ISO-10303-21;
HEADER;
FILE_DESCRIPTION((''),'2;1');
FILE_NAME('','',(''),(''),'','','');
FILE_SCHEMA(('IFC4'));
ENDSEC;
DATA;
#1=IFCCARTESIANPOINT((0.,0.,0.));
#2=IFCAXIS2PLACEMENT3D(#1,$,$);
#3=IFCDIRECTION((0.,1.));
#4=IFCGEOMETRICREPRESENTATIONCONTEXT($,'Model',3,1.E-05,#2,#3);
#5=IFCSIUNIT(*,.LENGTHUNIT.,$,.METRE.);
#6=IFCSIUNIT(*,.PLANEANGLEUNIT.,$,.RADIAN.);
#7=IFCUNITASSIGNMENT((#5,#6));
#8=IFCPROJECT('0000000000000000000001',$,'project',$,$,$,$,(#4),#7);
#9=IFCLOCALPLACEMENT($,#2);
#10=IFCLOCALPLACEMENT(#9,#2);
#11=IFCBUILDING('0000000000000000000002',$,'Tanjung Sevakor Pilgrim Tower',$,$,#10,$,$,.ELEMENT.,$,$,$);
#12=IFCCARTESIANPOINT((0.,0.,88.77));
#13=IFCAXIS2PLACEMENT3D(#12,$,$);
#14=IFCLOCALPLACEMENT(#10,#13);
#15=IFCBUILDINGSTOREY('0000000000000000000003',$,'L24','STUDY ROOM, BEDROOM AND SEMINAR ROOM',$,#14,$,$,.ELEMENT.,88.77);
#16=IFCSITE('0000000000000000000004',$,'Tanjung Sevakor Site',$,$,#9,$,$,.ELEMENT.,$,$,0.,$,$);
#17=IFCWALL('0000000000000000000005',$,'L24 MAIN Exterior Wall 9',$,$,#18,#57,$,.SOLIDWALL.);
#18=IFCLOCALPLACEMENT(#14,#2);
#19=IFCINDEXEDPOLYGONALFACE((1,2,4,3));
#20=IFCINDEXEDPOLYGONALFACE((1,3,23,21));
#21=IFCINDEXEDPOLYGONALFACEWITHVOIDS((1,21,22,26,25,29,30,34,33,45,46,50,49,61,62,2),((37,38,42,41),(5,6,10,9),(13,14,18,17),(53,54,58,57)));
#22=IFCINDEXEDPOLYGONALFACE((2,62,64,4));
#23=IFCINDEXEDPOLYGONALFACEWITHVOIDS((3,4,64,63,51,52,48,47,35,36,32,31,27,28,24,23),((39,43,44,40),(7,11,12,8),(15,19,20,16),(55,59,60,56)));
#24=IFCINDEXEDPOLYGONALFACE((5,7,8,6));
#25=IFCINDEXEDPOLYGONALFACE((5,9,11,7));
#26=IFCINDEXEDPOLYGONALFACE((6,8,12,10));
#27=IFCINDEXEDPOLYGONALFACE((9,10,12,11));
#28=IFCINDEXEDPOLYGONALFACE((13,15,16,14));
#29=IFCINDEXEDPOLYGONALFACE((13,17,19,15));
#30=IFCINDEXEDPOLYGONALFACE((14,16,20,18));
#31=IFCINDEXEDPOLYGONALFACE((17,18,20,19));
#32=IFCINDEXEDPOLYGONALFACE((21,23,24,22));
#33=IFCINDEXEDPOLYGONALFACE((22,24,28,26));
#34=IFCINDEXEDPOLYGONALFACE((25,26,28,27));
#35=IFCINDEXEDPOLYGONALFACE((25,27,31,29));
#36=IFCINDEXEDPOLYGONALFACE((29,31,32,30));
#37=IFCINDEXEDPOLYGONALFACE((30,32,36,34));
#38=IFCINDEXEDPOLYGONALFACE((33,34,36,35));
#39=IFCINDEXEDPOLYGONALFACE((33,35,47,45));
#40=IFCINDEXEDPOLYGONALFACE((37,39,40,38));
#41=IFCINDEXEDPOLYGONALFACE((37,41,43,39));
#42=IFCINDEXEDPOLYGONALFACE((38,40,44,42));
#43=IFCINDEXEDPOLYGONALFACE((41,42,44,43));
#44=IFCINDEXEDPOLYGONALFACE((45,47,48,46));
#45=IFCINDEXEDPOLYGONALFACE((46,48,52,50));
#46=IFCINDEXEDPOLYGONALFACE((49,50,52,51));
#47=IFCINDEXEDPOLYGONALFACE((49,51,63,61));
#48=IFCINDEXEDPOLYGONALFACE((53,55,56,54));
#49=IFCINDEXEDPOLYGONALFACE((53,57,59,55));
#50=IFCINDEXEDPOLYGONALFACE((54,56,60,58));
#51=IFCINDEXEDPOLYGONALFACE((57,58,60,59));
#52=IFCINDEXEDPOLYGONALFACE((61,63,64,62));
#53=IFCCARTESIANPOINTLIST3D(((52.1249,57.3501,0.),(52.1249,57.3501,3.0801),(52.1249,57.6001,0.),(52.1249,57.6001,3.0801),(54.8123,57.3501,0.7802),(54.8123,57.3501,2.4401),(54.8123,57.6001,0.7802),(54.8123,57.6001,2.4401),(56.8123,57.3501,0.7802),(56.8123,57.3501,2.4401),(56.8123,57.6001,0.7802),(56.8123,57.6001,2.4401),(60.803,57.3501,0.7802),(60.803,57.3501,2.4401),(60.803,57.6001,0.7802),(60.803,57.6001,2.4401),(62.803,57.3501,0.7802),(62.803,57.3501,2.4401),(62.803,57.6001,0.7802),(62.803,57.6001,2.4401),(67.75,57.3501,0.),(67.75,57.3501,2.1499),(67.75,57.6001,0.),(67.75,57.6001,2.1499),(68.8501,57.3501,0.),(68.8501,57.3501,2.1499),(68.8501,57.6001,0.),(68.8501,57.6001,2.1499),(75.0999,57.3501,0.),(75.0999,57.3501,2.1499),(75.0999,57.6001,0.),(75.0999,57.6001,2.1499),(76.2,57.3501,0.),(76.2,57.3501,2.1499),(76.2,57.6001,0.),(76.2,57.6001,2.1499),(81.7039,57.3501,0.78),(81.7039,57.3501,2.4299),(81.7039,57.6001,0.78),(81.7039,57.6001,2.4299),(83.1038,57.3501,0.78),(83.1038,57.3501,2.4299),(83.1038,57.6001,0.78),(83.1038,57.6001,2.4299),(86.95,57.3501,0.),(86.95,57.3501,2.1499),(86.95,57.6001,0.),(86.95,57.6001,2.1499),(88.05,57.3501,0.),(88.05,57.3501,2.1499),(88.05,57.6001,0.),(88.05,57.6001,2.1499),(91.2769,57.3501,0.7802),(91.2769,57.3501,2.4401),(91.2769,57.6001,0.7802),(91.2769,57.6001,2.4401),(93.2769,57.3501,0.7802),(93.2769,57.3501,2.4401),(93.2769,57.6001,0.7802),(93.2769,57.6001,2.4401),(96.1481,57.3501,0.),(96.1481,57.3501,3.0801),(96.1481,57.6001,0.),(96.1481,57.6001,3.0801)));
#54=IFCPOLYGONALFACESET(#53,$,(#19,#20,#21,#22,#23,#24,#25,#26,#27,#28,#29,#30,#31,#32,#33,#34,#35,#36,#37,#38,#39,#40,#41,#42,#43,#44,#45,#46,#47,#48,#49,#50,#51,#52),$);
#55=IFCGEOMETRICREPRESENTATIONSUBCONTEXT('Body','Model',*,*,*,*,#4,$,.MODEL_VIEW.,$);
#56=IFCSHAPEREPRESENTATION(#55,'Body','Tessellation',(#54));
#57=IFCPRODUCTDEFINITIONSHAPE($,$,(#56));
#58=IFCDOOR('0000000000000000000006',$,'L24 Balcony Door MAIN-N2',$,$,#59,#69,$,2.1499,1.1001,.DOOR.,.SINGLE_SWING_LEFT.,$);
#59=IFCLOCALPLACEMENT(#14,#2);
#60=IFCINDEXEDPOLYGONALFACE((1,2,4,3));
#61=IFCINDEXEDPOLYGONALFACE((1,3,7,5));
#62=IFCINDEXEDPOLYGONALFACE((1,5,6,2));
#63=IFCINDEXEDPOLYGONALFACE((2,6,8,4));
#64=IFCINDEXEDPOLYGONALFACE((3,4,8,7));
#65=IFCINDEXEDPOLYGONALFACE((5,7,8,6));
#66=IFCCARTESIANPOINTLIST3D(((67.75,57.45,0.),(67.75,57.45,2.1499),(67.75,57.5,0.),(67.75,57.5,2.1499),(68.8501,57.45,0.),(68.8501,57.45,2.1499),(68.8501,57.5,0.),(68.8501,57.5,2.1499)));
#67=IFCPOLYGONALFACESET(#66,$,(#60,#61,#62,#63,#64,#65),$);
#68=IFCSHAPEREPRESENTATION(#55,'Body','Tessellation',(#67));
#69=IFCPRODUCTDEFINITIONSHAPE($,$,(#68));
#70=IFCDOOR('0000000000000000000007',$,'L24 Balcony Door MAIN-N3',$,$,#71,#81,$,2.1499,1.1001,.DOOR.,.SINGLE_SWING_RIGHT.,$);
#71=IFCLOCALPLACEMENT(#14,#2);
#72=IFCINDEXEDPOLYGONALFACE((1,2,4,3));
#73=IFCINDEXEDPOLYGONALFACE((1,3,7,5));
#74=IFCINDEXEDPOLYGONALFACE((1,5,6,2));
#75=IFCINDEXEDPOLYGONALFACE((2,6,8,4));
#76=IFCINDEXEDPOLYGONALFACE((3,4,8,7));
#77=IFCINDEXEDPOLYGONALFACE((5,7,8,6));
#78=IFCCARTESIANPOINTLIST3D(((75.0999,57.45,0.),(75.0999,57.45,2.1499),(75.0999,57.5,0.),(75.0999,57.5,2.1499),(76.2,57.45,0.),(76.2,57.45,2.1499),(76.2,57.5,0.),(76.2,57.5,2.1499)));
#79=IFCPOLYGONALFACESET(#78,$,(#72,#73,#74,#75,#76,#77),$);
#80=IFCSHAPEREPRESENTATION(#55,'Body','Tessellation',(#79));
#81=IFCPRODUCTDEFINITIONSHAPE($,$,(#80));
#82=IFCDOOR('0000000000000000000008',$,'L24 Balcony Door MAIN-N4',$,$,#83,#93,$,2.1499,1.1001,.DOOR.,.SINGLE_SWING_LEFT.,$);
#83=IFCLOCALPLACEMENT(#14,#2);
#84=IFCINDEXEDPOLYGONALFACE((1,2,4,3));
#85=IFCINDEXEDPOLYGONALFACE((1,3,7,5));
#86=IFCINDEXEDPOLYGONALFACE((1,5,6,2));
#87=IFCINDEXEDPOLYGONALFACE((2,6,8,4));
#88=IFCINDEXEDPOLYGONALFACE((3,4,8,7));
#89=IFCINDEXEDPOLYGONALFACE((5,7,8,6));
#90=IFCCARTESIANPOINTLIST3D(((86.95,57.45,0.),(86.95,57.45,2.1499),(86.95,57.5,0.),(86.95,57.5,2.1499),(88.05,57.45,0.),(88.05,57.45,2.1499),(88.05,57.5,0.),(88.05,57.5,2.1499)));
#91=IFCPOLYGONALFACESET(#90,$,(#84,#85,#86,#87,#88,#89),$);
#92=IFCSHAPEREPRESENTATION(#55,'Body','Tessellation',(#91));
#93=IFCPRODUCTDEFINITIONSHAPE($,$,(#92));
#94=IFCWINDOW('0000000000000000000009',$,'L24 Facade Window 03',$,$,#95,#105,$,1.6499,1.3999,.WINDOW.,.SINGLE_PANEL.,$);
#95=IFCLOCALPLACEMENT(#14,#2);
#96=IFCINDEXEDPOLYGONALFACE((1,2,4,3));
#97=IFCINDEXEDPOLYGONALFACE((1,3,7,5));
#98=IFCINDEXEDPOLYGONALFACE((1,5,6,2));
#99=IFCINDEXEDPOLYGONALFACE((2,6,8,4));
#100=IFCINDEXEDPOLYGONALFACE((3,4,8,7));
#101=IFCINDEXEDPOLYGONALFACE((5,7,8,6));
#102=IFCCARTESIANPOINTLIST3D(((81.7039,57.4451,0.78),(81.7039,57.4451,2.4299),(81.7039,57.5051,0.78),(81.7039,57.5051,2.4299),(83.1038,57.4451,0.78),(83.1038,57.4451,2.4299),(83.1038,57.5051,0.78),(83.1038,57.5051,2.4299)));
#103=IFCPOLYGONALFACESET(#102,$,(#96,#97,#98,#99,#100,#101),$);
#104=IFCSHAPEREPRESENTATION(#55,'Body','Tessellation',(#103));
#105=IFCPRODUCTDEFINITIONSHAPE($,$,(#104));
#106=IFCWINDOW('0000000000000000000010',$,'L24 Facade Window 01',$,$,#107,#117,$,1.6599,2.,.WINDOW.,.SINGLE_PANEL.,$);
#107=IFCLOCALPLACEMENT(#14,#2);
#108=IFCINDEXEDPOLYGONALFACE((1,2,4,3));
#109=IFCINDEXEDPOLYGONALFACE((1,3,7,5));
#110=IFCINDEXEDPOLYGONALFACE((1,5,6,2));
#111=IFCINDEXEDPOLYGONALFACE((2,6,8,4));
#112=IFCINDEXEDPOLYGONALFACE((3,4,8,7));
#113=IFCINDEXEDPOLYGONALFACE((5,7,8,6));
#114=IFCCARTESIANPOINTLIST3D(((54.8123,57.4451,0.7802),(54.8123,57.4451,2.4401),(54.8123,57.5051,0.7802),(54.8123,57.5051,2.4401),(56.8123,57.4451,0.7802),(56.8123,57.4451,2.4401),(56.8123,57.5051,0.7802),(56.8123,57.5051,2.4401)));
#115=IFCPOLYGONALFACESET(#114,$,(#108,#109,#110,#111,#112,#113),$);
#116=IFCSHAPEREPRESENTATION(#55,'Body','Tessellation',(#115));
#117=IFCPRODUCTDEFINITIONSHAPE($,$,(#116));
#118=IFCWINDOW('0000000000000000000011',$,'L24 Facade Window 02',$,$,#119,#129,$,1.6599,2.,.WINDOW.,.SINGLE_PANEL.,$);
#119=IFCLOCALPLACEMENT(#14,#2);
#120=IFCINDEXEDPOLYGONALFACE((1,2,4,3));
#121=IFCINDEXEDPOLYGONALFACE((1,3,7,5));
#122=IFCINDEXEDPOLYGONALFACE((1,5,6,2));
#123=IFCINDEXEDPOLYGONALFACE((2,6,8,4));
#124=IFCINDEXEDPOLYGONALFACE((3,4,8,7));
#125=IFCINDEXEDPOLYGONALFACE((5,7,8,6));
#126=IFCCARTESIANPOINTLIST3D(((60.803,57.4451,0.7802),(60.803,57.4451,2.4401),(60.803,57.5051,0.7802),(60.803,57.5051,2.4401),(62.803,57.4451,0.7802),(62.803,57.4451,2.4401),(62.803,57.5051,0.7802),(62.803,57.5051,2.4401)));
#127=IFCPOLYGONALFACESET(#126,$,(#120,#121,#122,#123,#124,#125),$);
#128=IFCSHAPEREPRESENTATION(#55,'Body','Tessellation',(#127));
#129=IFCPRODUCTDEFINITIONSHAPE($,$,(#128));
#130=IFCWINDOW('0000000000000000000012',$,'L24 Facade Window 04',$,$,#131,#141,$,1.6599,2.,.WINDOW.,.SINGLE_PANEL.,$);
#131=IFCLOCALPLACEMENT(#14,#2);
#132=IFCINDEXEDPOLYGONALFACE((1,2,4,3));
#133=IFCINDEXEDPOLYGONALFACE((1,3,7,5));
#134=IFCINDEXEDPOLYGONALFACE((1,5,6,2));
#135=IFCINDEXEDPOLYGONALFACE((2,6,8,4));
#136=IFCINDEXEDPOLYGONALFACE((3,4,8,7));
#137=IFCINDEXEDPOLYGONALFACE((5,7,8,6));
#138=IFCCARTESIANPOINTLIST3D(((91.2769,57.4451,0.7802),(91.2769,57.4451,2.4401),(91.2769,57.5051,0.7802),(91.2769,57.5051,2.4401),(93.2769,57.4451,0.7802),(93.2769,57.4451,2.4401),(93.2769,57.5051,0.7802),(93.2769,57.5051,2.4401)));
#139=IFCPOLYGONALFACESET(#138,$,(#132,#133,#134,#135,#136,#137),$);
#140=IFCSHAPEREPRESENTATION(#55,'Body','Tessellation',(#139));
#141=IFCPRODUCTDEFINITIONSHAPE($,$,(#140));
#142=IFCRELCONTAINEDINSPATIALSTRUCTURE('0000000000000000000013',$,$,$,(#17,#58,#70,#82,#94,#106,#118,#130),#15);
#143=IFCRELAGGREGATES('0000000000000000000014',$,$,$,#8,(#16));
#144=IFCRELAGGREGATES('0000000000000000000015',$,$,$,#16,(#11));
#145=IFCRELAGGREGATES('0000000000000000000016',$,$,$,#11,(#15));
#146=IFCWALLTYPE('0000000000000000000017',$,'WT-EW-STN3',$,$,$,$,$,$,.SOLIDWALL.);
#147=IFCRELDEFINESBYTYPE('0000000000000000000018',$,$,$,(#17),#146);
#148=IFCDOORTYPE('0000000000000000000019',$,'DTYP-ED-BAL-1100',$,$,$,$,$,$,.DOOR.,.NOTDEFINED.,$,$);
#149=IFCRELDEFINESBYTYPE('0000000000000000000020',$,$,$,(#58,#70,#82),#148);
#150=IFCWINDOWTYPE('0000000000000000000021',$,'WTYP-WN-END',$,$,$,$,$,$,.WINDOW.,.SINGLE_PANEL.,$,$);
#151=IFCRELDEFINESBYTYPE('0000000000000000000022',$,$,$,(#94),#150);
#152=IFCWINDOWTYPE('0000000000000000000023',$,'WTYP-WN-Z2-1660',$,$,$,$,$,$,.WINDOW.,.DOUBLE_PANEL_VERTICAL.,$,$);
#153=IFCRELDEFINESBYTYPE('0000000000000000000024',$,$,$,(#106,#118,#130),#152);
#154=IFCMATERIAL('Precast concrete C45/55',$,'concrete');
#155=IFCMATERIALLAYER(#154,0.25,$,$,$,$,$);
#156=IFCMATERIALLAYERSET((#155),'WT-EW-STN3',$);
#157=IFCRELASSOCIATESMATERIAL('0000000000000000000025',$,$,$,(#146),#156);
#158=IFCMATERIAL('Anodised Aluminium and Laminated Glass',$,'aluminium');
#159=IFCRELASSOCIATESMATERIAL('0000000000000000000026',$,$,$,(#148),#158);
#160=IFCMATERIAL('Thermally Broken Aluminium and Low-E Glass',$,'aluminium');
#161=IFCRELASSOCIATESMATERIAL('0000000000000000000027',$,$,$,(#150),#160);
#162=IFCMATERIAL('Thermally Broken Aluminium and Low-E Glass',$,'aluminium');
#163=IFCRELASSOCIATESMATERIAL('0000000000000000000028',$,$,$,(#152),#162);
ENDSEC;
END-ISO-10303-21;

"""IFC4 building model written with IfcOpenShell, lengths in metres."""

from ifc_helpers import new_model, si_unit, direction, frame, frame_2d, origin, place, context, subcontext, project, spatial, rectangle, extrude, material, layer, layer_set, type_object, element, fill, save


model = new_model("IFC4")

# Units and contexts
model_context = context("Model", 3, precision=1e-05, world=origin(), true_north=direction((0.0, 1.0)))
body_context = subcontext(model_context, "Body", "Model", "MODEL_VIEW")
ifc_project = project(units=[si_unit("LENGTHUNIT", "METRE"), si_unit("PLANEANGLEUNIT", "RADIAN")], contexts=[model_context])

# Site, building, storey
site_placement = place(None, origin())
site = spatial("IfcSite", under=ifc_project, at=site_placement, Name="Tanjung Sevakor Site", CompositionType="ELEMENT", RefElevation=0.0)
building_placement = place(site_placement, origin())
building = spatial("IfcBuilding", under=site, at=building_placement, Name="Tanjung Sevakor Pilgrim Tower", CompositionType="ELEMENT")
storey_placement = place(building_placement, frame((0.0, 0.0, 88.77)))
storey = spatial("IfcBuildingStorey", under=building, at=storey_placement, Name="L24", Description="STUDY ROOM, BEDROOM AND SEMINAR ROOM", CompositionType="ELEMENT", Elevation=88.77)

# Shared definitions
ifc_material_1 = material(Name="Precast concrete C45/55", Category="concrete")
ifc_layer_1 = layer(ifc_material_1, 0.25)
ifc_layer_set_1 = layer_set([ifc_layer_1], Name="WT-EW-STN3")
wall_type_1 = type_object("IfcWallType", Name="WT-EW-STN3", PredefinedType="SOLIDWALL", material=ifc_layer_set_1)

# Wall, openings, doors, windows
wall_1_placement = place(storey_placement, frame((96.1482, 57.4751, 0.0), z_axis=(0.0, 0.0, 1.0), x_axis=(-1.0, 0.0, 0.0)))
wall_1 = element("IfcWall", 1, at=wall_1_placement, inside=storey, type_object=wall_type_1, Name="L24 MAIN Exterior Wall 9", PredefinedType="SOLIDWALL", context=body_context, shape_type="SweptSolid", body=[
    extrude(rectangle(XDim=44.0232, YDim=0.25, at=frame_2d((22.0117, 0.0))), origin(), (0.0, 0.0, 1.0), 3.0801),
])
opening_1_placement = place(wall_1_placement, frame((27.2981, 0.0, 0.0)))
opening_1 = element("IfcOpeningElement", 2, at=opening_1_placement, cuts=wall_1, PredefinedType="OPENING", context=body_context, shape_type="SweptSolid", body=[
    extrude(rectangle(XDim=1.1001, YDim=2.1499, at=frame_2d((0.55, 1.075))), frame((0.0, 0.135, 0.0), z_axis=(0.0, -1.0, 0.0), x_axis=(1.0, 0.0, 0.0)), (0.0, 0.0, 1.0), 0.27),
])
opening_2_placement = place(wall_1_placement, frame((19.9482, 0.0, 0.0)))
opening_2 = element("IfcOpeningElement", 3, at=opening_2_placement, cuts=wall_1, PredefinedType="OPENING", context=body_context, shape_type="SweptSolid", body=[
    extrude(rectangle(XDim=1.1001, YDim=2.1499, at=frame_2d((0.55, 1.075))), frame((0.0, 0.135, 0.0), z_axis=(0.0, -1.0, 0.0), x_axis=(1.0, 0.0, 0.0)), (0.0, 0.0, 1.0), 0.27),
])
opening_3_placement = place(wall_1_placement, frame((8.0981, 0.0, 0.0)))
opening_3 = element("IfcOpeningElement", 4, at=opening_3_placement, cuts=wall_1, PredefinedType="OPENING", context=body_context, shape_type="SweptSolid", body=[
    extrude(rectangle(XDim=1.1001, YDim=2.1499, at=frame_2d((0.55, 1.075))), frame((0.0, 0.135, 0.0), z_axis=(0.0, -1.0, 0.0), x_axis=(1.0, 0.0, 0.0)), (0.0, 0.0, 1.0), 0.27),
])
opening_4_placement = place(wall_1_placement, frame((39.3359, 0.0, 0.78)))
opening_4 = element("IfcOpeningElement", 5, at=opening_4_placement, cuts=wall_1, PredefinedType="OPENING", context=body_context, shape_type="SweptSolid", body=[
    extrude(rectangle(XDim=2.0, YDim=1.6599, at=frame_2d((1.0, 0.8301))), frame((0.0, 0.135, 0.0), z_axis=(0.0, -1.0, 0.0), x_axis=(1.0, 0.0, 0.0)), (0.0, 0.0, 1.0), 0.27),
])
opening_5_placement = place(wall_1_placement, frame((33.3452, 0.0, 0.78)))
opening_5 = element("IfcOpeningElement", 6, at=opening_5_placement, cuts=wall_1, PredefinedType="OPENING", context=body_context, shape_type="SweptSolid", body=[
    extrude(rectangle(XDim=2.0, YDim=1.6599, at=frame_2d((1.0, 0.8301))), frame((0.0, 0.135, 0.0), z_axis=(0.0, -1.0, 0.0), x_axis=(1.0, 0.0, 0.0)), (0.0, 0.0, 1.0), 0.27),
])
opening_6_placement = place(wall_1_placement, frame((13.0444, 0.0, 0.78)))
opening_6 = element("IfcOpeningElement", 7, at=opening_6_placement, cuts=wall_1, PredefinedType="OPENING", context=body_context, shape_type="SweptSolid", body=[
    extrude(rectangle(XDim=1.3999, YDim=1.6499, at=frame_2d((0.7, 0.825))), frame((0.0, 0.135, 0.0), z_axis=(0.0, -1.0, 0.0), x_axis=(1.0, 0.0, 0.0)), (0.0, 0.0, 1.0), 0.27),
])
opening_7_placement = place(wall_1_placement, frame((2.8713, 0.0, 0.78)))
opening_7 = element("IfcOpeningElement", 8, at=opening_7_placement, cuts=wall_1, PredefinedType="OPENING", context=body_context, shape_type="SweptSolid", body=[
    extrude(rectangle(XDim=2.0, YDim=1.6599, at=frame_2d((1.0, 0.8301))), frame((0.0, 0.135, 0.0), z_axis=(0.0, -1.0, 0.0), x_axis=(1.0, 0.0, 0.0)), (0.0, 0.0, 1.0), 0.27),
])
ifc_material_2 = material(Name="Anodised Aluminium and Laminated Glass", Category="aluminium")
door_type_1 = type_object("IfcDoorType", Name="DTYP-ED-BAL-1100", OperationType="NOTDEFINED", PredefinedType="DOOR", material=ifc_material_2)
door_1_placement = place(opening_1_placement, frame((1.1001, 0.0, 0.0), z_axis=(0.0, 0.0, 1.0), x_axis=(-1.0, 0.0, 0.0)))
door_1 = element("IfcDoor", 9, at=door_1_placement, inside=storey, type_object=door_type_1, Name="L24 Balcony Door MAIN-N2", OperationType="SINGLE_SWING_LEFT", OverallHeight=2.1499, OverallWidth=1.1001, PredefinedType="DOOR", context=body_context, shape_type="SweptSolid", body=[
    extrude(rectangle(XDim=1.1001, YDim=2.1499, at=frame_2d((0.55, 1.075))), frame((0.0, 0.0249, 0.0), z_axis=(0.0, -1.0, 0.0), x_axis=(1.0, 0.0, 0.0)), (0.0, 0.0, 1.0), 0.05),
])
fill(opening_1, door_1)
door_2_placement = place(opening_2_placement, frame((1.1001, 0.0, 0.0), z_axis=(0.0, 0.0, 1.0), x_axis=(-1.0, 0.0, 0.0)))
door_2 = element("IfcDoor", 10, at=door_2_placement, inside=storey, type_object=door_type_1, Name="L24 Balcony Door MAIN-N3", OperationType="SINGLE_SWING_RIGHT", OverallHeight=2.1499, OverallWidth=1.1001, PredefinedType="DOOR", context=body_context, shape_type="SweptSolid", body=[
    extrude(rectangle(XDim=1.1001, YDim=2.1499, at=frame_2d((0.55, 1.075))), frame((0.0, 0.0249, 0.0), z_axis=(0.0, -1.0, 0.0), x_axis=(1.0, 0.0, 0.0)), (0.0, 0.0, 1.0), 0.05),
])
fill(opening_2, door_2)
door_3_placement = place(opening_3_placement, frame((1.1001, 0.0, 0.0), z_axis=(0.0, 0.0, 1.0), x_axis=(-1.0, 0.0, 0.0)))
door_3 = element("IfcDoor", 11, at=door_3_placement, inside=storey, type_object=door_type_1, Name="L24 Balcony Door MAIN-N4", OperationType="SINGLE_SWING_LEFT", OverallHeight=2.1499, OverallWidth=1.1001, PredefinedType="DOOR", context=body_context, shape_type="SweptSolid", body=[
    extrude(rectangle(XDim=1.1001, YDim=2.1499, at=frame_2d((0.55, 1.075))), frame((0.0, 0.0249, 0.0), z_axis=(0.0, -1.0, 0.0), x_axis=(1.0, 0.0, 0.0)), (0.0, 0.0, 1.0), 0.05),
])
fill(opening_3, door_3)
ifc_material_3 = material(Name="Thermally Broken Aluminium and Low-E Glass", Category="aluminium")
window_type_1 = type_object("IfcWindowType", Name="WTYP-WN-END", PartitioningType="SINGLE_PANEL", PredefinedType="WINDOW", material=ifc_material_3)
window_1_placement = place(opening_6_placement, origin())
window_1 = element("IfcWindow", 12, at=window_1_placement, inside=storey, type_object=window_type_1, Name="L24 Facade Window 03", OverallHeight=1.6499, OverallWidth=1.3999, PartitioningType="SINGLE_PANEL", PredefinedType="WINDOW", context=body_context, shape_type="SweptSolid", body=[
    extrude(rectangle(XDim=1.3999, YDim=1.6499, at=frame_2d((0.7, 0.825))), frame((0.0, 0.03, 0.0), z_axis=(0.0, -1.0, 0.0), x_axis=(1.0, 0.0, 0.0)), (0.0, 0.0, 1.0), 0.0601),
])
fill(opening_6, window_1)
ifc_material_4 = material(Name="Thermally Broken Aluminium and Low-E Glass", Category="aluminium")
window_type_2 = type_object("IfcWindowType", Name="WTYP-WN-Z2-1660", PartitioningType="DOUBLE_PANEL_VERTICAL", PredefinedType="WINDOW", material=ifc_material_4)
window_2_placement = place(opening_4_placement, origin())
window_2 = element("IfcWindow", 13, at=window_2_placement, inside=storey, type_object=window_type_2, Name="L24 Facade Window 01", OverallHeight=1.6599, OverallWidth=2.0, PartitioningType="SINGLE_PANEL", PredefinedType="WINDOW", context=body_context, shape_type="SweptSolid", body=[
    extrude(rectangle(XDim=2.0, YDim=1.6599, at=frame_2d((1.0, 0.8301))), frame((0.0, 0.03, 0.0), z_axis=(0.0, -1.0, 0.0), x_axis=(1.0, 0.0, 0.0)), (0.0, 0.0, 1.0), 0.0601),
])
fill(opening_4, window_2)
window_3_placement = place(opening_5_placement, origin())
window_3 = element("IfcWindow", 14, at=window_3_placement, inside=storey, type_object=window_type_2, Name="L24 Facade Window 02", OverallHeight=1.6599, OverallWidth=2.0, PartitioningType="SINGLE_PANEL", PredefinedType="WINDOW", context=body_context, shape_type="SweptSolid", body=[
    extrude(rectangle(XDim=2.0, YDim=1.6599, at=frame_2d((1.0, 0.8301))), frame((0.0, 0.03, 0.0), z_axis=(0.0, -1.0, 0.0), x_axis=(1.0, 0.0, 0.0)), (0.0, 0.0, 1.0), 0.0601),
])
fill(opening_5, window_3)
window_4_placement = place(opening_7_placement, origin())
window_4 = element("IfcWindow", 15, at=window_4_placement, inside=storey, type_object=window_type_2, Name="L24 Facade Window 04", OverallHeight=1.6599, OverallWidth=2.0, PartitioningType="SINGLE_PANEL", PredefinedType="WINDOW", context=body_context, shape_type="SweptSolid", body=[
    extrude(rectangle(XDim=2.0, YDim=1.6599, at=frame_2d((1.0, 0.8301))), frame((0.0, 0.03, 0.0), z_axis=(0.0, -1.0, 0.0), x_axis=(1.0, 0.0, 0.0)), (0.0, 0.0, 1.0), 0.0601),
])
fill(opening_7, window_4)

save(model, "model.ifc")
